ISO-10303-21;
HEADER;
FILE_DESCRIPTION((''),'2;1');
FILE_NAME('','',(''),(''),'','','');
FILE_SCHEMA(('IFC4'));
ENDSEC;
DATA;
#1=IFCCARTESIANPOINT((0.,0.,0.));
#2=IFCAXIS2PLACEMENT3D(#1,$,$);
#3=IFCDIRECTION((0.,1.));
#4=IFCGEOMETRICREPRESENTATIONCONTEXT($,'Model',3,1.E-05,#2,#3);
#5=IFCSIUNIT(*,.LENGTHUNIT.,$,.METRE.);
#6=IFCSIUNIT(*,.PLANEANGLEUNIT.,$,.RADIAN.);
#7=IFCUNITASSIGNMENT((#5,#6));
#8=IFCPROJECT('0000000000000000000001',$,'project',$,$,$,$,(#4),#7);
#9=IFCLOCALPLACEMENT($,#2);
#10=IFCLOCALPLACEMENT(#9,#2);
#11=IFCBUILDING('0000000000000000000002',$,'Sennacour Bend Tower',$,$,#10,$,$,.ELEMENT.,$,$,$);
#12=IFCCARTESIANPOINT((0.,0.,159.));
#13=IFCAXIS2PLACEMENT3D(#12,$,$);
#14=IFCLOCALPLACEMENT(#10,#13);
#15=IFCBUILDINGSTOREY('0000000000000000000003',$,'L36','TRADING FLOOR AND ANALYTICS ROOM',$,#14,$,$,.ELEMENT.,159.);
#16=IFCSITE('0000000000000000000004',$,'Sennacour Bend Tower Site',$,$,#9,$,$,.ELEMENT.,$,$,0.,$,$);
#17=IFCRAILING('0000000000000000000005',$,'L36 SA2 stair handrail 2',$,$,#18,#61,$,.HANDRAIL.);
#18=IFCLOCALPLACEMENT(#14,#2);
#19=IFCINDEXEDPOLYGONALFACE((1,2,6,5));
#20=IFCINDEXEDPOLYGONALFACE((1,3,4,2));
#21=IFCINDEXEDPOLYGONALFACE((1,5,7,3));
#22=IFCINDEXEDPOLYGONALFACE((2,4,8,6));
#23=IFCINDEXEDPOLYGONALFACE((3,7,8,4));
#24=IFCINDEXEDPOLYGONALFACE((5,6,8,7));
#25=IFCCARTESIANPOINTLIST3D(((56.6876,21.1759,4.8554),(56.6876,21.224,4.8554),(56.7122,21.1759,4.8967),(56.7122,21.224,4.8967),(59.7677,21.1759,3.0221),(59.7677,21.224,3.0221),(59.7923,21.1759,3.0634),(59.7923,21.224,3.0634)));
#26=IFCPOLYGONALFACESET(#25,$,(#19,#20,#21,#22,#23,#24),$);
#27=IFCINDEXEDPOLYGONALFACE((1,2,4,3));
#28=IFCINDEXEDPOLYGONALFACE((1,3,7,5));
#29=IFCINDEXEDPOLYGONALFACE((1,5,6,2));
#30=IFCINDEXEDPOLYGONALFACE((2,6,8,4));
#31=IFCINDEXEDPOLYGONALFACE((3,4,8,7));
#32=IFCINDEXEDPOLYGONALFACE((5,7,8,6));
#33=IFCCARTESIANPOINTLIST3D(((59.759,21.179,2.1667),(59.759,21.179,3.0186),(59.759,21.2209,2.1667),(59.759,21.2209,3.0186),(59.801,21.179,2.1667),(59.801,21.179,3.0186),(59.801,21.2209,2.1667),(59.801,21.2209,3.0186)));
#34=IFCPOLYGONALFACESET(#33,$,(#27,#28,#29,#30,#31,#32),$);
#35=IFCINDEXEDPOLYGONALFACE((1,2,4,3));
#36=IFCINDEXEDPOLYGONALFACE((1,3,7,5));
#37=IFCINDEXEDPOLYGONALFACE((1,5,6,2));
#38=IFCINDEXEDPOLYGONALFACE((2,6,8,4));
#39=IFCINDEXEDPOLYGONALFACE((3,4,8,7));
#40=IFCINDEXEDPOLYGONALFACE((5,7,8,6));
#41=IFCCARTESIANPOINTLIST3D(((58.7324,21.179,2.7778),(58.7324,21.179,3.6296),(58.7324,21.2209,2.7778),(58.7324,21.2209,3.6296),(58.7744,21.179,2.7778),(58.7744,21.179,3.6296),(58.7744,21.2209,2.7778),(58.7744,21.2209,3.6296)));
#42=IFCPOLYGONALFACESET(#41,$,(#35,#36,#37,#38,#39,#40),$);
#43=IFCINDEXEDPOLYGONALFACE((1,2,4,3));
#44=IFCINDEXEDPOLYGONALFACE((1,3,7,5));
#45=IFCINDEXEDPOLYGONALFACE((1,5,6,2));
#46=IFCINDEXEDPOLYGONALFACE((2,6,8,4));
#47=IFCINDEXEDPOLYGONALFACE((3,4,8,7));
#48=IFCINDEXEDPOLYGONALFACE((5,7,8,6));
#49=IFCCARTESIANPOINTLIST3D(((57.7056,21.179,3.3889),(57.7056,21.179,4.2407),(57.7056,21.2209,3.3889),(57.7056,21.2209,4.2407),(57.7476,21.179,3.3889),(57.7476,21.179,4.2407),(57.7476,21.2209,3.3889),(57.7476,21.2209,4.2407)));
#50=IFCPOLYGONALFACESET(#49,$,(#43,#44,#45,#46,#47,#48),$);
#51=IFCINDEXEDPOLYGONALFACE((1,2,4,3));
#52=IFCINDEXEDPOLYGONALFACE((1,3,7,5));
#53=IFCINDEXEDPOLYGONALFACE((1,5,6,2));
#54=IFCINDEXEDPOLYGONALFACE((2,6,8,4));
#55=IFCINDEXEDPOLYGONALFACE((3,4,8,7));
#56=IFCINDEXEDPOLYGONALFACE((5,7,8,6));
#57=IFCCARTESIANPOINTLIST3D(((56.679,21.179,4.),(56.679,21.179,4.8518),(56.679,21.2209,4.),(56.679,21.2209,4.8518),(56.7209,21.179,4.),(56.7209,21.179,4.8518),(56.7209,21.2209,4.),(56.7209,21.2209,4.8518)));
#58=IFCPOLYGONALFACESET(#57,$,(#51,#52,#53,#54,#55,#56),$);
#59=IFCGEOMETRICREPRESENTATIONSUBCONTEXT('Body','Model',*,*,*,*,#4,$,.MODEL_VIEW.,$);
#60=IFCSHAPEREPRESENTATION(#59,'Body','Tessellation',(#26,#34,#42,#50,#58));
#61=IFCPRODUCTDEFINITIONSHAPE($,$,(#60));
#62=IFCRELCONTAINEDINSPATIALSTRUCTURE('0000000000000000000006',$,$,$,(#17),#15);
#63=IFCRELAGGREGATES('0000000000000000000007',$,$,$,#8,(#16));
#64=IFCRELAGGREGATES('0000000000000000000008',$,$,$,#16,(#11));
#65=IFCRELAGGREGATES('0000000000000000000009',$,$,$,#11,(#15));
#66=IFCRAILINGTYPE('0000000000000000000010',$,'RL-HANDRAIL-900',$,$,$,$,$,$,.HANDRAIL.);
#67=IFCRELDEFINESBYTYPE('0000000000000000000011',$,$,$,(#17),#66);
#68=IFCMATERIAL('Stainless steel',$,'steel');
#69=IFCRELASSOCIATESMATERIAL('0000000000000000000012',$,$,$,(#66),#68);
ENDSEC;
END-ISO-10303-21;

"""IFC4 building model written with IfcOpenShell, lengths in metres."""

from ifc_helpers import new_model, si_unit, direction, frame, origin, origin_2d, place, context, subcontext, project, spatial, rectangle, extrude, material, type_object, element, save


model = new_model("IFC4")

# Units and contexts
model_context = context("Model", 3, precision=1e-05, world=origin(), true_north=direction((0.0, 1.0)))
body_context = subcontext(model_context, "Body", "Model", "MODEL_VIEW")
ifc_project = project(units=[si_unit("LENGTHUNIT", "METRE"), si_unit("PLANEANGLEUNIT", "RADIAN")], contexts=[model_context])

# Site, building, storey
site_placement = place(None, origin())
site = spatial("IfcSite", under=ifc_project, at=site_placement, Name="Sennacour Bend Tower Site", CompositionType="ELEMENT", RefElevation=0.0)
building_placement = place(site_placement, origin())
building = spatial("IfcBuilding", under=site, at=building_placement, Name="Sennacour Bend Tower", CompositionType="ELEMENT")
storey_placement = place(building_placement, frame((0.0, 0.0, 159.0)))
storey = spatial("IfcBuildingStorey", under=building, at=storey_placement, Name="L36", Description="TRADING FLOOR AND ANALYTICS ROOM", CompositionType="ELEMENT", Elevation=159.0)

# Shared definitions
ifc_material_1 = material(Name="Stainless steel", Category="steel")

# Railing
railing_type_1 = type_object("IfcRailingType", Name="RL-HANDRAIL-900", PredefinedType="HANDRAIL", material=ifc_material_1)
railing_1_placement = place(storey_placement, frame((59.78, 21.2, 2.1667)))
element("IfcRailing", 1, at=railing_1_placement, inside=storey, type_object=railing_type_1, Name="L36 SA2 stair handrail 2", PredefinedType="HANDRAIL", context=body_context, shape_type="SweptSolid", body=[
    extrude(rectangle(XDim=0.0481, YDim=0.0481, at=origin_2d()), frame((0.0, 0.0, 0.876), z_axis=(-0.859309, 0.0, 0.511458), x_axis=(0.0, -1.0, 0.0)), (0.0, 0.0, 1.0), 3.5845),
    extrude(rectangle(XDim=0.042, YDim=0.042, at=origin_2d()), origin(), (0.0, 0.0, 1.0), 0.8518),
    extrude(rectangle(XDim=0.042, YDim=0.042, at=origin_2d()), frame((-1.0266, 0.0, 0.6111)), (0.0, 0.0, 1.0), 0.8518),
    extrude(rectangle(XDim=0.042, YDim=0.042, at=origin_2d()), frame((-2.0535, 0.0, 1.2222)), (0.0, 0.0, 1.0), 0.8518),
    extrude(rectangle(XDim=0.042, YDim=0.042, at=origin_2d()), frame((-3.0801, 0.0, 1.8333)), (0.0, 0.0, 1.0), 0.8518),
])

save(model, "model.ifc")
